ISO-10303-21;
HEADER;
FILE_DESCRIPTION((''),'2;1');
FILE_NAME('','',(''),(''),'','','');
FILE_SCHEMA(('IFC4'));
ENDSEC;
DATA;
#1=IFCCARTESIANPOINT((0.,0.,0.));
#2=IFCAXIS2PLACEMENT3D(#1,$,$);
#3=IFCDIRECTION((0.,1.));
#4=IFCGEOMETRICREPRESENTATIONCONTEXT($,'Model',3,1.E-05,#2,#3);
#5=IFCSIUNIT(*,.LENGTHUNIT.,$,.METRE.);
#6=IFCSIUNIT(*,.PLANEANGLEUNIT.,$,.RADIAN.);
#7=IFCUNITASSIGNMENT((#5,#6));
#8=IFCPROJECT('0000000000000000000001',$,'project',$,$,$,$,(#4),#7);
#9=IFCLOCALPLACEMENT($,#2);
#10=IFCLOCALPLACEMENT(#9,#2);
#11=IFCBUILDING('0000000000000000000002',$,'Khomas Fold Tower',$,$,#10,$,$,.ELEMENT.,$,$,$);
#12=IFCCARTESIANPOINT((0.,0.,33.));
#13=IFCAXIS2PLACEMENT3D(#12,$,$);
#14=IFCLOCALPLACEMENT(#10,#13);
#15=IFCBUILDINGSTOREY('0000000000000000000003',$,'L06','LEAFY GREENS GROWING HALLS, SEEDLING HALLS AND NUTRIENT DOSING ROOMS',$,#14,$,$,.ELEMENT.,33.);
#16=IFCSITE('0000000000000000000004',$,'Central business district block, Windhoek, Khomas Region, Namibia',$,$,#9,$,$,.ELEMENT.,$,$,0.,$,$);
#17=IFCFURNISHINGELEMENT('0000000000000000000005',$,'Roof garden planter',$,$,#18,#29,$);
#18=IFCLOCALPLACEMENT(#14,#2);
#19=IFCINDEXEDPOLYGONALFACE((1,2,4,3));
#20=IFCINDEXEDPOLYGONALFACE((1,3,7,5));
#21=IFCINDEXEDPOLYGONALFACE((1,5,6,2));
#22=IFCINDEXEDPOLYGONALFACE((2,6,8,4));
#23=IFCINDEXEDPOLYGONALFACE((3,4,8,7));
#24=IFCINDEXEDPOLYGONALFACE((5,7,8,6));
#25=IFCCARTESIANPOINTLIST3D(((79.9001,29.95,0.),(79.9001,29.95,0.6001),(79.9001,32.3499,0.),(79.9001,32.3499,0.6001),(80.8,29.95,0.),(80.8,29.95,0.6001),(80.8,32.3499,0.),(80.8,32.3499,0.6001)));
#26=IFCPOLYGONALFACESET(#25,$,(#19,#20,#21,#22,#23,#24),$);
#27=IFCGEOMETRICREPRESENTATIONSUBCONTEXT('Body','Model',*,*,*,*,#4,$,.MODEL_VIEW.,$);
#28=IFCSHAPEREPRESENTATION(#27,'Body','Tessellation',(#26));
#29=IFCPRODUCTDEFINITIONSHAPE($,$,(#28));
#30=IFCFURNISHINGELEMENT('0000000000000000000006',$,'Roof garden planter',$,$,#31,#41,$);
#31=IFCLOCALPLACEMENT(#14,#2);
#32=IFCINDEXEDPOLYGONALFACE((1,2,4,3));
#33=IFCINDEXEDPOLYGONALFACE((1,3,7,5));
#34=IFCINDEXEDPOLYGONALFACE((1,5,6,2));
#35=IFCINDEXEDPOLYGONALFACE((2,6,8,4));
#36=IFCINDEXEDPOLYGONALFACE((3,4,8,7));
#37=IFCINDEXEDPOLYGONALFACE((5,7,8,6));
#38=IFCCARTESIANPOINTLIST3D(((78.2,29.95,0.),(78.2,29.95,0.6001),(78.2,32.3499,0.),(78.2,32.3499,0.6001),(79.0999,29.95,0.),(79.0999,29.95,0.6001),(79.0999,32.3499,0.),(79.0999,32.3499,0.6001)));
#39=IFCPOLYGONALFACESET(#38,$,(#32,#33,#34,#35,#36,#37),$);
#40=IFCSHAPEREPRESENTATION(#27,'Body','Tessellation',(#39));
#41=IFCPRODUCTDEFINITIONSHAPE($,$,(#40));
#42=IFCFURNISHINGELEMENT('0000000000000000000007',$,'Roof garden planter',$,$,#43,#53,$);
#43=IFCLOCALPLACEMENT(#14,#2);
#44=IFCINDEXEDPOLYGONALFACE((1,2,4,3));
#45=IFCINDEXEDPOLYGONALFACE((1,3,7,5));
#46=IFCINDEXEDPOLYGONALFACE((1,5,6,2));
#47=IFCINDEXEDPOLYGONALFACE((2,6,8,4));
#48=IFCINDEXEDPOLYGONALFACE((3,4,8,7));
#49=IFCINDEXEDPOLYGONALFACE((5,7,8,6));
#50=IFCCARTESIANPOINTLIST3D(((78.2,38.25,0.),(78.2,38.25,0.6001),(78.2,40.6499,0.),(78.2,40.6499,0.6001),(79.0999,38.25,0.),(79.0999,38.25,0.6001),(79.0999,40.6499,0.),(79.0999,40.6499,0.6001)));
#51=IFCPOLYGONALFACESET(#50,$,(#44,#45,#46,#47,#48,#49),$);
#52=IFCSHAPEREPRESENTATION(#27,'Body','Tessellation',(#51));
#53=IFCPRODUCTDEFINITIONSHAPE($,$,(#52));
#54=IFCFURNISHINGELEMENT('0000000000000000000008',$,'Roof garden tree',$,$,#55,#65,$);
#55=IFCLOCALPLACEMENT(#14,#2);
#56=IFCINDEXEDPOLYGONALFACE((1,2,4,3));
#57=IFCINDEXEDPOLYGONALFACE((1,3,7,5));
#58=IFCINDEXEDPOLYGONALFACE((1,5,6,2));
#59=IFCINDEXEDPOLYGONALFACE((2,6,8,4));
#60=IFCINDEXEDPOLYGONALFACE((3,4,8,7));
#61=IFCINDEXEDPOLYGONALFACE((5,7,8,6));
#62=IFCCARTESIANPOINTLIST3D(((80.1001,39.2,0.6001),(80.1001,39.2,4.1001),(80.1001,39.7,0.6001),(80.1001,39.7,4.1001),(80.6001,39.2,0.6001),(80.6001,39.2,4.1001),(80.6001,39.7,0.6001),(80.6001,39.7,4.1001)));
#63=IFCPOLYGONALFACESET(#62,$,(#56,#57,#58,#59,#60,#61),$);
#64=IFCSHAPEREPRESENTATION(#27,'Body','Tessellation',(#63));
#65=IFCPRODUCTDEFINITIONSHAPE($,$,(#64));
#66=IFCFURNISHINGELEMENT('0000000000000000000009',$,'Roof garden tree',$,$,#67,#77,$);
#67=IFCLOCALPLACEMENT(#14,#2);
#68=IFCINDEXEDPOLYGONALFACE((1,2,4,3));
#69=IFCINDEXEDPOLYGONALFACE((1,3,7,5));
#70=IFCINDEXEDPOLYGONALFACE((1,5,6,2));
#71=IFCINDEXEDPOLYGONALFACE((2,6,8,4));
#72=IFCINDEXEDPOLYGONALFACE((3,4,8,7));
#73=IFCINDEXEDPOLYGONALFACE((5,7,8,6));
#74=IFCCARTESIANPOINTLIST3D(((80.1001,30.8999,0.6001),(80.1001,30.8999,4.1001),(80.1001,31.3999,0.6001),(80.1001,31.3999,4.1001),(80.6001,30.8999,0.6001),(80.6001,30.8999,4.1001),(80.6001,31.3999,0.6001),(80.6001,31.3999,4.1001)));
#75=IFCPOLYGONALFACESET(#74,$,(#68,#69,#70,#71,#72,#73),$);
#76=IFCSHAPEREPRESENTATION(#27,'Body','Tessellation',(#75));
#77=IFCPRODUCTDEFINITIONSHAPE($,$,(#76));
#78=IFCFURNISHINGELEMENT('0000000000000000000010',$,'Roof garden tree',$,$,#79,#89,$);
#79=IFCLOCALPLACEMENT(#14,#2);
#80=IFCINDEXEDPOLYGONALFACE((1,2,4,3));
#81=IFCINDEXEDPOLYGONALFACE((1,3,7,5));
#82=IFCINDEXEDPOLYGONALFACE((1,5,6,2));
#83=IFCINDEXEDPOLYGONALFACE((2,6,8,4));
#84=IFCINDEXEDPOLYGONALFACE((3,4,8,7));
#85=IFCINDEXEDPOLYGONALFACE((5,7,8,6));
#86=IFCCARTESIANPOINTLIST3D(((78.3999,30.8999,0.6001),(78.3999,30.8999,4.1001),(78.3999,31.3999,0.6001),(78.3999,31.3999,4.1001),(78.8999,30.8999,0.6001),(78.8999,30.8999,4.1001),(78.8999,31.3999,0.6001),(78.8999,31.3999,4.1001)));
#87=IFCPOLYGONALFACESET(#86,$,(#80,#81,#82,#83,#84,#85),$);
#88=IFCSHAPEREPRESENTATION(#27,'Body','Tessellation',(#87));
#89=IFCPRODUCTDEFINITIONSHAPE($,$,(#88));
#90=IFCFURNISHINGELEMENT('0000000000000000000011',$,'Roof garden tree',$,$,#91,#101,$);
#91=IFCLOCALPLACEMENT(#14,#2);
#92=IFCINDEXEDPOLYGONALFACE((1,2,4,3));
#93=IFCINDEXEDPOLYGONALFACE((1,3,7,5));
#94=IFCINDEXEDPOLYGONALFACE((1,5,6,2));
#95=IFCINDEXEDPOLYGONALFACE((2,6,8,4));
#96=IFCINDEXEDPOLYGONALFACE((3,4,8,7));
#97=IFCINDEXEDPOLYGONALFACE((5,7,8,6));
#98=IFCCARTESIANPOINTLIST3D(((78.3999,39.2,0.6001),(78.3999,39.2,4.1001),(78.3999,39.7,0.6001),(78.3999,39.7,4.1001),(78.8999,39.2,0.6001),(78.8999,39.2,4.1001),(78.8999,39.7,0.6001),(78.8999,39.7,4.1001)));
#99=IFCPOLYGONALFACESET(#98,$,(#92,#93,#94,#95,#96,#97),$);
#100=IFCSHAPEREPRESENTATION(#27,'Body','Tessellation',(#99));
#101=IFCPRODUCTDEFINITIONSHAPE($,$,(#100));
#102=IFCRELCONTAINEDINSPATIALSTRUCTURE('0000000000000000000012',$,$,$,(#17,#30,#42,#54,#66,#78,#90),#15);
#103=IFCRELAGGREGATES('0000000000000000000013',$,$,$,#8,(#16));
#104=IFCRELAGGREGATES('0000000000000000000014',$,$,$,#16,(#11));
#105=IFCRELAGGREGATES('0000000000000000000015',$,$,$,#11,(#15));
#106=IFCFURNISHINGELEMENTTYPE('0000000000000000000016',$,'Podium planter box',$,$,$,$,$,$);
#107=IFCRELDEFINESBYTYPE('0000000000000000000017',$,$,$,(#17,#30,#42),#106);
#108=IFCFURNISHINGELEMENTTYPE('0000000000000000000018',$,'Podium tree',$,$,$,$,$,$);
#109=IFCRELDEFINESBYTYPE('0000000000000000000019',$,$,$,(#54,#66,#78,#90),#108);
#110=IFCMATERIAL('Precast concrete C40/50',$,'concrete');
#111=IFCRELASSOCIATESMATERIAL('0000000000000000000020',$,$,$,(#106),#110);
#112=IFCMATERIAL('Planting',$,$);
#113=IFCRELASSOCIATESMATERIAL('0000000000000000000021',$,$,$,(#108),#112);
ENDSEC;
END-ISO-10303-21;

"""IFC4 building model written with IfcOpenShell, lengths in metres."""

from ifc_helpers import new_model, si_unit, direction, frame, origin, origin_2d, place, context, subcontext, project, spatial, rectangle, extrude, source, transform, mapped, material, type_object, element, save


model = new_model("IFC4")

# Units and contexts
model_context = context("Model", 3, precision=1e-05, world=origin(), true_north=direction((0.0, 1.0)))
body_context = subcontext(model_context, "Body", "Model", "MODEL_VIEW")
ifc_project = project(units=[si_unit("LENGTHUNIT", "METRE"), si_unit("PLANEANGLEUNIT", "RADIAN")], contexts=[model_context])

# Site, building, storey
site_placement = place(None, origin())
site = spatial("IfcSite", under=ifc_project, at=site_placement, Name="Central business district block, Windhoek, Khomas Region, Namibia", CompositionType="ELEMENT", RefElevation=0.0)
building_placement = place(site_placement, origin())
building = spatial("IfcBuilding", under=site, at=building_placement, Name="Khomas Fold Tower", CompositionType="ELEMENT")
storey_placement = place(building_placement, frame((0.0, 0.0, 33.0)))
storey = spatial("IfcBuildingStorey", under=building, at=storey_placement, Name="L06", Description="LEAFY GREENS GROWING HALLS, SEEDLING HALLS AND NUTRIENT DOSING ROOMS", CompositionType="ELEMENT", Elevation=33.0)

# Furnishing elements
ifc_material_1 = material(Name="Precast concrete C40/50", Category="concrete")
furnishing_element_type_1 = type_object("IfcFurnishingElementType", Name="Podium planter box", material=ifc_material_1)
shared_shape_1 = source(origin(), body_context, "Body", "SweptSolid", [
    extrude(rectangle(XDim=2.3999, YDim=0.8999, at=origin_2d()), origin(), (0.0, 0.0, 1.0), 0.6001),
])
for number, where, z_axis, x_axis, name in (
    (1, (80.3501, 31.1499, 0.0), (0.0, 0.0, 1.0), (0.0, -1.0, 0.0), "Roof garden planter"),
    (2, (78.6499, 31.1499, 0.0), (0.0, 0.0, 1.0), (0.0, 1.0, 0.0), "Roof garden planter"),
    (3, (78.6499, 39.45, 0.0), (0.0, 0.0, 1.0), (0.0, 1.0, 0.0), "Roof garden planter"),
):
    element("IfcFurnishingElement", number, at=place(storey_placement, frame(where, z_axis=z_axis, x_axis=x_axis)), inside=storey, type_object=furnishing_element_type_1, Name=name, context=body_context, shape_type="MappedRepresentation", body=[
        mapped(shared_shape_1, transform((0.0, 0.0, 0.0))),
    ])
ifc_material_2 = material(Name="Planting")
furnishing_element_type_2 = type_object("IfcFurnishingElementType", Name="Podium tree", material=ifc_material_2)
shared_shape_2 = source(origin(), body_context, "Body", "SweptSolid", [
    extrude(rectangle(XDim=0.5, YDim=0.5, at=origin_2d()), origin(), (0.0, 0.0, 1.0), 3.5),
])
for number, where, z_axis, x_axis, name in (
    (4, (80.3501, 39.45, 0.6001), (0.0, 0.0, 1.0), (1.0, 0.0, 0.0), "Roof garden tree"),
    (5, (80.3501, 31.1499, 0.6001), (0.0, 0.0, 1.0), (1.0, 0.0, 0.0), "Roof garden tree"),
    (6, (78.6499, 31.1499, 0.6001), (0.0, 0.0, 1.0), (1.0, 0.0, 0.0), "Roof garden tree"),
    (7, (78.6499, 39.45, 0.6001), (0.0, 0.0, 1.0), (1.0, 0.0, 0.0), "Roof garden tree"),
):
    element("IfcFurnishingElement", number, at=place(storey_placement, frame(where, z_axis=z_axis, x_axis=x_axis)), inside=storey, type_object=furnishing_element_type_2, Name=name, context=body_context, shape_type="MappedRepresentation", body=[
        mapped(shared_shape_2, transform((0.0, 0.0, 0.0))),
    ])

save(model, "model.ifc")
